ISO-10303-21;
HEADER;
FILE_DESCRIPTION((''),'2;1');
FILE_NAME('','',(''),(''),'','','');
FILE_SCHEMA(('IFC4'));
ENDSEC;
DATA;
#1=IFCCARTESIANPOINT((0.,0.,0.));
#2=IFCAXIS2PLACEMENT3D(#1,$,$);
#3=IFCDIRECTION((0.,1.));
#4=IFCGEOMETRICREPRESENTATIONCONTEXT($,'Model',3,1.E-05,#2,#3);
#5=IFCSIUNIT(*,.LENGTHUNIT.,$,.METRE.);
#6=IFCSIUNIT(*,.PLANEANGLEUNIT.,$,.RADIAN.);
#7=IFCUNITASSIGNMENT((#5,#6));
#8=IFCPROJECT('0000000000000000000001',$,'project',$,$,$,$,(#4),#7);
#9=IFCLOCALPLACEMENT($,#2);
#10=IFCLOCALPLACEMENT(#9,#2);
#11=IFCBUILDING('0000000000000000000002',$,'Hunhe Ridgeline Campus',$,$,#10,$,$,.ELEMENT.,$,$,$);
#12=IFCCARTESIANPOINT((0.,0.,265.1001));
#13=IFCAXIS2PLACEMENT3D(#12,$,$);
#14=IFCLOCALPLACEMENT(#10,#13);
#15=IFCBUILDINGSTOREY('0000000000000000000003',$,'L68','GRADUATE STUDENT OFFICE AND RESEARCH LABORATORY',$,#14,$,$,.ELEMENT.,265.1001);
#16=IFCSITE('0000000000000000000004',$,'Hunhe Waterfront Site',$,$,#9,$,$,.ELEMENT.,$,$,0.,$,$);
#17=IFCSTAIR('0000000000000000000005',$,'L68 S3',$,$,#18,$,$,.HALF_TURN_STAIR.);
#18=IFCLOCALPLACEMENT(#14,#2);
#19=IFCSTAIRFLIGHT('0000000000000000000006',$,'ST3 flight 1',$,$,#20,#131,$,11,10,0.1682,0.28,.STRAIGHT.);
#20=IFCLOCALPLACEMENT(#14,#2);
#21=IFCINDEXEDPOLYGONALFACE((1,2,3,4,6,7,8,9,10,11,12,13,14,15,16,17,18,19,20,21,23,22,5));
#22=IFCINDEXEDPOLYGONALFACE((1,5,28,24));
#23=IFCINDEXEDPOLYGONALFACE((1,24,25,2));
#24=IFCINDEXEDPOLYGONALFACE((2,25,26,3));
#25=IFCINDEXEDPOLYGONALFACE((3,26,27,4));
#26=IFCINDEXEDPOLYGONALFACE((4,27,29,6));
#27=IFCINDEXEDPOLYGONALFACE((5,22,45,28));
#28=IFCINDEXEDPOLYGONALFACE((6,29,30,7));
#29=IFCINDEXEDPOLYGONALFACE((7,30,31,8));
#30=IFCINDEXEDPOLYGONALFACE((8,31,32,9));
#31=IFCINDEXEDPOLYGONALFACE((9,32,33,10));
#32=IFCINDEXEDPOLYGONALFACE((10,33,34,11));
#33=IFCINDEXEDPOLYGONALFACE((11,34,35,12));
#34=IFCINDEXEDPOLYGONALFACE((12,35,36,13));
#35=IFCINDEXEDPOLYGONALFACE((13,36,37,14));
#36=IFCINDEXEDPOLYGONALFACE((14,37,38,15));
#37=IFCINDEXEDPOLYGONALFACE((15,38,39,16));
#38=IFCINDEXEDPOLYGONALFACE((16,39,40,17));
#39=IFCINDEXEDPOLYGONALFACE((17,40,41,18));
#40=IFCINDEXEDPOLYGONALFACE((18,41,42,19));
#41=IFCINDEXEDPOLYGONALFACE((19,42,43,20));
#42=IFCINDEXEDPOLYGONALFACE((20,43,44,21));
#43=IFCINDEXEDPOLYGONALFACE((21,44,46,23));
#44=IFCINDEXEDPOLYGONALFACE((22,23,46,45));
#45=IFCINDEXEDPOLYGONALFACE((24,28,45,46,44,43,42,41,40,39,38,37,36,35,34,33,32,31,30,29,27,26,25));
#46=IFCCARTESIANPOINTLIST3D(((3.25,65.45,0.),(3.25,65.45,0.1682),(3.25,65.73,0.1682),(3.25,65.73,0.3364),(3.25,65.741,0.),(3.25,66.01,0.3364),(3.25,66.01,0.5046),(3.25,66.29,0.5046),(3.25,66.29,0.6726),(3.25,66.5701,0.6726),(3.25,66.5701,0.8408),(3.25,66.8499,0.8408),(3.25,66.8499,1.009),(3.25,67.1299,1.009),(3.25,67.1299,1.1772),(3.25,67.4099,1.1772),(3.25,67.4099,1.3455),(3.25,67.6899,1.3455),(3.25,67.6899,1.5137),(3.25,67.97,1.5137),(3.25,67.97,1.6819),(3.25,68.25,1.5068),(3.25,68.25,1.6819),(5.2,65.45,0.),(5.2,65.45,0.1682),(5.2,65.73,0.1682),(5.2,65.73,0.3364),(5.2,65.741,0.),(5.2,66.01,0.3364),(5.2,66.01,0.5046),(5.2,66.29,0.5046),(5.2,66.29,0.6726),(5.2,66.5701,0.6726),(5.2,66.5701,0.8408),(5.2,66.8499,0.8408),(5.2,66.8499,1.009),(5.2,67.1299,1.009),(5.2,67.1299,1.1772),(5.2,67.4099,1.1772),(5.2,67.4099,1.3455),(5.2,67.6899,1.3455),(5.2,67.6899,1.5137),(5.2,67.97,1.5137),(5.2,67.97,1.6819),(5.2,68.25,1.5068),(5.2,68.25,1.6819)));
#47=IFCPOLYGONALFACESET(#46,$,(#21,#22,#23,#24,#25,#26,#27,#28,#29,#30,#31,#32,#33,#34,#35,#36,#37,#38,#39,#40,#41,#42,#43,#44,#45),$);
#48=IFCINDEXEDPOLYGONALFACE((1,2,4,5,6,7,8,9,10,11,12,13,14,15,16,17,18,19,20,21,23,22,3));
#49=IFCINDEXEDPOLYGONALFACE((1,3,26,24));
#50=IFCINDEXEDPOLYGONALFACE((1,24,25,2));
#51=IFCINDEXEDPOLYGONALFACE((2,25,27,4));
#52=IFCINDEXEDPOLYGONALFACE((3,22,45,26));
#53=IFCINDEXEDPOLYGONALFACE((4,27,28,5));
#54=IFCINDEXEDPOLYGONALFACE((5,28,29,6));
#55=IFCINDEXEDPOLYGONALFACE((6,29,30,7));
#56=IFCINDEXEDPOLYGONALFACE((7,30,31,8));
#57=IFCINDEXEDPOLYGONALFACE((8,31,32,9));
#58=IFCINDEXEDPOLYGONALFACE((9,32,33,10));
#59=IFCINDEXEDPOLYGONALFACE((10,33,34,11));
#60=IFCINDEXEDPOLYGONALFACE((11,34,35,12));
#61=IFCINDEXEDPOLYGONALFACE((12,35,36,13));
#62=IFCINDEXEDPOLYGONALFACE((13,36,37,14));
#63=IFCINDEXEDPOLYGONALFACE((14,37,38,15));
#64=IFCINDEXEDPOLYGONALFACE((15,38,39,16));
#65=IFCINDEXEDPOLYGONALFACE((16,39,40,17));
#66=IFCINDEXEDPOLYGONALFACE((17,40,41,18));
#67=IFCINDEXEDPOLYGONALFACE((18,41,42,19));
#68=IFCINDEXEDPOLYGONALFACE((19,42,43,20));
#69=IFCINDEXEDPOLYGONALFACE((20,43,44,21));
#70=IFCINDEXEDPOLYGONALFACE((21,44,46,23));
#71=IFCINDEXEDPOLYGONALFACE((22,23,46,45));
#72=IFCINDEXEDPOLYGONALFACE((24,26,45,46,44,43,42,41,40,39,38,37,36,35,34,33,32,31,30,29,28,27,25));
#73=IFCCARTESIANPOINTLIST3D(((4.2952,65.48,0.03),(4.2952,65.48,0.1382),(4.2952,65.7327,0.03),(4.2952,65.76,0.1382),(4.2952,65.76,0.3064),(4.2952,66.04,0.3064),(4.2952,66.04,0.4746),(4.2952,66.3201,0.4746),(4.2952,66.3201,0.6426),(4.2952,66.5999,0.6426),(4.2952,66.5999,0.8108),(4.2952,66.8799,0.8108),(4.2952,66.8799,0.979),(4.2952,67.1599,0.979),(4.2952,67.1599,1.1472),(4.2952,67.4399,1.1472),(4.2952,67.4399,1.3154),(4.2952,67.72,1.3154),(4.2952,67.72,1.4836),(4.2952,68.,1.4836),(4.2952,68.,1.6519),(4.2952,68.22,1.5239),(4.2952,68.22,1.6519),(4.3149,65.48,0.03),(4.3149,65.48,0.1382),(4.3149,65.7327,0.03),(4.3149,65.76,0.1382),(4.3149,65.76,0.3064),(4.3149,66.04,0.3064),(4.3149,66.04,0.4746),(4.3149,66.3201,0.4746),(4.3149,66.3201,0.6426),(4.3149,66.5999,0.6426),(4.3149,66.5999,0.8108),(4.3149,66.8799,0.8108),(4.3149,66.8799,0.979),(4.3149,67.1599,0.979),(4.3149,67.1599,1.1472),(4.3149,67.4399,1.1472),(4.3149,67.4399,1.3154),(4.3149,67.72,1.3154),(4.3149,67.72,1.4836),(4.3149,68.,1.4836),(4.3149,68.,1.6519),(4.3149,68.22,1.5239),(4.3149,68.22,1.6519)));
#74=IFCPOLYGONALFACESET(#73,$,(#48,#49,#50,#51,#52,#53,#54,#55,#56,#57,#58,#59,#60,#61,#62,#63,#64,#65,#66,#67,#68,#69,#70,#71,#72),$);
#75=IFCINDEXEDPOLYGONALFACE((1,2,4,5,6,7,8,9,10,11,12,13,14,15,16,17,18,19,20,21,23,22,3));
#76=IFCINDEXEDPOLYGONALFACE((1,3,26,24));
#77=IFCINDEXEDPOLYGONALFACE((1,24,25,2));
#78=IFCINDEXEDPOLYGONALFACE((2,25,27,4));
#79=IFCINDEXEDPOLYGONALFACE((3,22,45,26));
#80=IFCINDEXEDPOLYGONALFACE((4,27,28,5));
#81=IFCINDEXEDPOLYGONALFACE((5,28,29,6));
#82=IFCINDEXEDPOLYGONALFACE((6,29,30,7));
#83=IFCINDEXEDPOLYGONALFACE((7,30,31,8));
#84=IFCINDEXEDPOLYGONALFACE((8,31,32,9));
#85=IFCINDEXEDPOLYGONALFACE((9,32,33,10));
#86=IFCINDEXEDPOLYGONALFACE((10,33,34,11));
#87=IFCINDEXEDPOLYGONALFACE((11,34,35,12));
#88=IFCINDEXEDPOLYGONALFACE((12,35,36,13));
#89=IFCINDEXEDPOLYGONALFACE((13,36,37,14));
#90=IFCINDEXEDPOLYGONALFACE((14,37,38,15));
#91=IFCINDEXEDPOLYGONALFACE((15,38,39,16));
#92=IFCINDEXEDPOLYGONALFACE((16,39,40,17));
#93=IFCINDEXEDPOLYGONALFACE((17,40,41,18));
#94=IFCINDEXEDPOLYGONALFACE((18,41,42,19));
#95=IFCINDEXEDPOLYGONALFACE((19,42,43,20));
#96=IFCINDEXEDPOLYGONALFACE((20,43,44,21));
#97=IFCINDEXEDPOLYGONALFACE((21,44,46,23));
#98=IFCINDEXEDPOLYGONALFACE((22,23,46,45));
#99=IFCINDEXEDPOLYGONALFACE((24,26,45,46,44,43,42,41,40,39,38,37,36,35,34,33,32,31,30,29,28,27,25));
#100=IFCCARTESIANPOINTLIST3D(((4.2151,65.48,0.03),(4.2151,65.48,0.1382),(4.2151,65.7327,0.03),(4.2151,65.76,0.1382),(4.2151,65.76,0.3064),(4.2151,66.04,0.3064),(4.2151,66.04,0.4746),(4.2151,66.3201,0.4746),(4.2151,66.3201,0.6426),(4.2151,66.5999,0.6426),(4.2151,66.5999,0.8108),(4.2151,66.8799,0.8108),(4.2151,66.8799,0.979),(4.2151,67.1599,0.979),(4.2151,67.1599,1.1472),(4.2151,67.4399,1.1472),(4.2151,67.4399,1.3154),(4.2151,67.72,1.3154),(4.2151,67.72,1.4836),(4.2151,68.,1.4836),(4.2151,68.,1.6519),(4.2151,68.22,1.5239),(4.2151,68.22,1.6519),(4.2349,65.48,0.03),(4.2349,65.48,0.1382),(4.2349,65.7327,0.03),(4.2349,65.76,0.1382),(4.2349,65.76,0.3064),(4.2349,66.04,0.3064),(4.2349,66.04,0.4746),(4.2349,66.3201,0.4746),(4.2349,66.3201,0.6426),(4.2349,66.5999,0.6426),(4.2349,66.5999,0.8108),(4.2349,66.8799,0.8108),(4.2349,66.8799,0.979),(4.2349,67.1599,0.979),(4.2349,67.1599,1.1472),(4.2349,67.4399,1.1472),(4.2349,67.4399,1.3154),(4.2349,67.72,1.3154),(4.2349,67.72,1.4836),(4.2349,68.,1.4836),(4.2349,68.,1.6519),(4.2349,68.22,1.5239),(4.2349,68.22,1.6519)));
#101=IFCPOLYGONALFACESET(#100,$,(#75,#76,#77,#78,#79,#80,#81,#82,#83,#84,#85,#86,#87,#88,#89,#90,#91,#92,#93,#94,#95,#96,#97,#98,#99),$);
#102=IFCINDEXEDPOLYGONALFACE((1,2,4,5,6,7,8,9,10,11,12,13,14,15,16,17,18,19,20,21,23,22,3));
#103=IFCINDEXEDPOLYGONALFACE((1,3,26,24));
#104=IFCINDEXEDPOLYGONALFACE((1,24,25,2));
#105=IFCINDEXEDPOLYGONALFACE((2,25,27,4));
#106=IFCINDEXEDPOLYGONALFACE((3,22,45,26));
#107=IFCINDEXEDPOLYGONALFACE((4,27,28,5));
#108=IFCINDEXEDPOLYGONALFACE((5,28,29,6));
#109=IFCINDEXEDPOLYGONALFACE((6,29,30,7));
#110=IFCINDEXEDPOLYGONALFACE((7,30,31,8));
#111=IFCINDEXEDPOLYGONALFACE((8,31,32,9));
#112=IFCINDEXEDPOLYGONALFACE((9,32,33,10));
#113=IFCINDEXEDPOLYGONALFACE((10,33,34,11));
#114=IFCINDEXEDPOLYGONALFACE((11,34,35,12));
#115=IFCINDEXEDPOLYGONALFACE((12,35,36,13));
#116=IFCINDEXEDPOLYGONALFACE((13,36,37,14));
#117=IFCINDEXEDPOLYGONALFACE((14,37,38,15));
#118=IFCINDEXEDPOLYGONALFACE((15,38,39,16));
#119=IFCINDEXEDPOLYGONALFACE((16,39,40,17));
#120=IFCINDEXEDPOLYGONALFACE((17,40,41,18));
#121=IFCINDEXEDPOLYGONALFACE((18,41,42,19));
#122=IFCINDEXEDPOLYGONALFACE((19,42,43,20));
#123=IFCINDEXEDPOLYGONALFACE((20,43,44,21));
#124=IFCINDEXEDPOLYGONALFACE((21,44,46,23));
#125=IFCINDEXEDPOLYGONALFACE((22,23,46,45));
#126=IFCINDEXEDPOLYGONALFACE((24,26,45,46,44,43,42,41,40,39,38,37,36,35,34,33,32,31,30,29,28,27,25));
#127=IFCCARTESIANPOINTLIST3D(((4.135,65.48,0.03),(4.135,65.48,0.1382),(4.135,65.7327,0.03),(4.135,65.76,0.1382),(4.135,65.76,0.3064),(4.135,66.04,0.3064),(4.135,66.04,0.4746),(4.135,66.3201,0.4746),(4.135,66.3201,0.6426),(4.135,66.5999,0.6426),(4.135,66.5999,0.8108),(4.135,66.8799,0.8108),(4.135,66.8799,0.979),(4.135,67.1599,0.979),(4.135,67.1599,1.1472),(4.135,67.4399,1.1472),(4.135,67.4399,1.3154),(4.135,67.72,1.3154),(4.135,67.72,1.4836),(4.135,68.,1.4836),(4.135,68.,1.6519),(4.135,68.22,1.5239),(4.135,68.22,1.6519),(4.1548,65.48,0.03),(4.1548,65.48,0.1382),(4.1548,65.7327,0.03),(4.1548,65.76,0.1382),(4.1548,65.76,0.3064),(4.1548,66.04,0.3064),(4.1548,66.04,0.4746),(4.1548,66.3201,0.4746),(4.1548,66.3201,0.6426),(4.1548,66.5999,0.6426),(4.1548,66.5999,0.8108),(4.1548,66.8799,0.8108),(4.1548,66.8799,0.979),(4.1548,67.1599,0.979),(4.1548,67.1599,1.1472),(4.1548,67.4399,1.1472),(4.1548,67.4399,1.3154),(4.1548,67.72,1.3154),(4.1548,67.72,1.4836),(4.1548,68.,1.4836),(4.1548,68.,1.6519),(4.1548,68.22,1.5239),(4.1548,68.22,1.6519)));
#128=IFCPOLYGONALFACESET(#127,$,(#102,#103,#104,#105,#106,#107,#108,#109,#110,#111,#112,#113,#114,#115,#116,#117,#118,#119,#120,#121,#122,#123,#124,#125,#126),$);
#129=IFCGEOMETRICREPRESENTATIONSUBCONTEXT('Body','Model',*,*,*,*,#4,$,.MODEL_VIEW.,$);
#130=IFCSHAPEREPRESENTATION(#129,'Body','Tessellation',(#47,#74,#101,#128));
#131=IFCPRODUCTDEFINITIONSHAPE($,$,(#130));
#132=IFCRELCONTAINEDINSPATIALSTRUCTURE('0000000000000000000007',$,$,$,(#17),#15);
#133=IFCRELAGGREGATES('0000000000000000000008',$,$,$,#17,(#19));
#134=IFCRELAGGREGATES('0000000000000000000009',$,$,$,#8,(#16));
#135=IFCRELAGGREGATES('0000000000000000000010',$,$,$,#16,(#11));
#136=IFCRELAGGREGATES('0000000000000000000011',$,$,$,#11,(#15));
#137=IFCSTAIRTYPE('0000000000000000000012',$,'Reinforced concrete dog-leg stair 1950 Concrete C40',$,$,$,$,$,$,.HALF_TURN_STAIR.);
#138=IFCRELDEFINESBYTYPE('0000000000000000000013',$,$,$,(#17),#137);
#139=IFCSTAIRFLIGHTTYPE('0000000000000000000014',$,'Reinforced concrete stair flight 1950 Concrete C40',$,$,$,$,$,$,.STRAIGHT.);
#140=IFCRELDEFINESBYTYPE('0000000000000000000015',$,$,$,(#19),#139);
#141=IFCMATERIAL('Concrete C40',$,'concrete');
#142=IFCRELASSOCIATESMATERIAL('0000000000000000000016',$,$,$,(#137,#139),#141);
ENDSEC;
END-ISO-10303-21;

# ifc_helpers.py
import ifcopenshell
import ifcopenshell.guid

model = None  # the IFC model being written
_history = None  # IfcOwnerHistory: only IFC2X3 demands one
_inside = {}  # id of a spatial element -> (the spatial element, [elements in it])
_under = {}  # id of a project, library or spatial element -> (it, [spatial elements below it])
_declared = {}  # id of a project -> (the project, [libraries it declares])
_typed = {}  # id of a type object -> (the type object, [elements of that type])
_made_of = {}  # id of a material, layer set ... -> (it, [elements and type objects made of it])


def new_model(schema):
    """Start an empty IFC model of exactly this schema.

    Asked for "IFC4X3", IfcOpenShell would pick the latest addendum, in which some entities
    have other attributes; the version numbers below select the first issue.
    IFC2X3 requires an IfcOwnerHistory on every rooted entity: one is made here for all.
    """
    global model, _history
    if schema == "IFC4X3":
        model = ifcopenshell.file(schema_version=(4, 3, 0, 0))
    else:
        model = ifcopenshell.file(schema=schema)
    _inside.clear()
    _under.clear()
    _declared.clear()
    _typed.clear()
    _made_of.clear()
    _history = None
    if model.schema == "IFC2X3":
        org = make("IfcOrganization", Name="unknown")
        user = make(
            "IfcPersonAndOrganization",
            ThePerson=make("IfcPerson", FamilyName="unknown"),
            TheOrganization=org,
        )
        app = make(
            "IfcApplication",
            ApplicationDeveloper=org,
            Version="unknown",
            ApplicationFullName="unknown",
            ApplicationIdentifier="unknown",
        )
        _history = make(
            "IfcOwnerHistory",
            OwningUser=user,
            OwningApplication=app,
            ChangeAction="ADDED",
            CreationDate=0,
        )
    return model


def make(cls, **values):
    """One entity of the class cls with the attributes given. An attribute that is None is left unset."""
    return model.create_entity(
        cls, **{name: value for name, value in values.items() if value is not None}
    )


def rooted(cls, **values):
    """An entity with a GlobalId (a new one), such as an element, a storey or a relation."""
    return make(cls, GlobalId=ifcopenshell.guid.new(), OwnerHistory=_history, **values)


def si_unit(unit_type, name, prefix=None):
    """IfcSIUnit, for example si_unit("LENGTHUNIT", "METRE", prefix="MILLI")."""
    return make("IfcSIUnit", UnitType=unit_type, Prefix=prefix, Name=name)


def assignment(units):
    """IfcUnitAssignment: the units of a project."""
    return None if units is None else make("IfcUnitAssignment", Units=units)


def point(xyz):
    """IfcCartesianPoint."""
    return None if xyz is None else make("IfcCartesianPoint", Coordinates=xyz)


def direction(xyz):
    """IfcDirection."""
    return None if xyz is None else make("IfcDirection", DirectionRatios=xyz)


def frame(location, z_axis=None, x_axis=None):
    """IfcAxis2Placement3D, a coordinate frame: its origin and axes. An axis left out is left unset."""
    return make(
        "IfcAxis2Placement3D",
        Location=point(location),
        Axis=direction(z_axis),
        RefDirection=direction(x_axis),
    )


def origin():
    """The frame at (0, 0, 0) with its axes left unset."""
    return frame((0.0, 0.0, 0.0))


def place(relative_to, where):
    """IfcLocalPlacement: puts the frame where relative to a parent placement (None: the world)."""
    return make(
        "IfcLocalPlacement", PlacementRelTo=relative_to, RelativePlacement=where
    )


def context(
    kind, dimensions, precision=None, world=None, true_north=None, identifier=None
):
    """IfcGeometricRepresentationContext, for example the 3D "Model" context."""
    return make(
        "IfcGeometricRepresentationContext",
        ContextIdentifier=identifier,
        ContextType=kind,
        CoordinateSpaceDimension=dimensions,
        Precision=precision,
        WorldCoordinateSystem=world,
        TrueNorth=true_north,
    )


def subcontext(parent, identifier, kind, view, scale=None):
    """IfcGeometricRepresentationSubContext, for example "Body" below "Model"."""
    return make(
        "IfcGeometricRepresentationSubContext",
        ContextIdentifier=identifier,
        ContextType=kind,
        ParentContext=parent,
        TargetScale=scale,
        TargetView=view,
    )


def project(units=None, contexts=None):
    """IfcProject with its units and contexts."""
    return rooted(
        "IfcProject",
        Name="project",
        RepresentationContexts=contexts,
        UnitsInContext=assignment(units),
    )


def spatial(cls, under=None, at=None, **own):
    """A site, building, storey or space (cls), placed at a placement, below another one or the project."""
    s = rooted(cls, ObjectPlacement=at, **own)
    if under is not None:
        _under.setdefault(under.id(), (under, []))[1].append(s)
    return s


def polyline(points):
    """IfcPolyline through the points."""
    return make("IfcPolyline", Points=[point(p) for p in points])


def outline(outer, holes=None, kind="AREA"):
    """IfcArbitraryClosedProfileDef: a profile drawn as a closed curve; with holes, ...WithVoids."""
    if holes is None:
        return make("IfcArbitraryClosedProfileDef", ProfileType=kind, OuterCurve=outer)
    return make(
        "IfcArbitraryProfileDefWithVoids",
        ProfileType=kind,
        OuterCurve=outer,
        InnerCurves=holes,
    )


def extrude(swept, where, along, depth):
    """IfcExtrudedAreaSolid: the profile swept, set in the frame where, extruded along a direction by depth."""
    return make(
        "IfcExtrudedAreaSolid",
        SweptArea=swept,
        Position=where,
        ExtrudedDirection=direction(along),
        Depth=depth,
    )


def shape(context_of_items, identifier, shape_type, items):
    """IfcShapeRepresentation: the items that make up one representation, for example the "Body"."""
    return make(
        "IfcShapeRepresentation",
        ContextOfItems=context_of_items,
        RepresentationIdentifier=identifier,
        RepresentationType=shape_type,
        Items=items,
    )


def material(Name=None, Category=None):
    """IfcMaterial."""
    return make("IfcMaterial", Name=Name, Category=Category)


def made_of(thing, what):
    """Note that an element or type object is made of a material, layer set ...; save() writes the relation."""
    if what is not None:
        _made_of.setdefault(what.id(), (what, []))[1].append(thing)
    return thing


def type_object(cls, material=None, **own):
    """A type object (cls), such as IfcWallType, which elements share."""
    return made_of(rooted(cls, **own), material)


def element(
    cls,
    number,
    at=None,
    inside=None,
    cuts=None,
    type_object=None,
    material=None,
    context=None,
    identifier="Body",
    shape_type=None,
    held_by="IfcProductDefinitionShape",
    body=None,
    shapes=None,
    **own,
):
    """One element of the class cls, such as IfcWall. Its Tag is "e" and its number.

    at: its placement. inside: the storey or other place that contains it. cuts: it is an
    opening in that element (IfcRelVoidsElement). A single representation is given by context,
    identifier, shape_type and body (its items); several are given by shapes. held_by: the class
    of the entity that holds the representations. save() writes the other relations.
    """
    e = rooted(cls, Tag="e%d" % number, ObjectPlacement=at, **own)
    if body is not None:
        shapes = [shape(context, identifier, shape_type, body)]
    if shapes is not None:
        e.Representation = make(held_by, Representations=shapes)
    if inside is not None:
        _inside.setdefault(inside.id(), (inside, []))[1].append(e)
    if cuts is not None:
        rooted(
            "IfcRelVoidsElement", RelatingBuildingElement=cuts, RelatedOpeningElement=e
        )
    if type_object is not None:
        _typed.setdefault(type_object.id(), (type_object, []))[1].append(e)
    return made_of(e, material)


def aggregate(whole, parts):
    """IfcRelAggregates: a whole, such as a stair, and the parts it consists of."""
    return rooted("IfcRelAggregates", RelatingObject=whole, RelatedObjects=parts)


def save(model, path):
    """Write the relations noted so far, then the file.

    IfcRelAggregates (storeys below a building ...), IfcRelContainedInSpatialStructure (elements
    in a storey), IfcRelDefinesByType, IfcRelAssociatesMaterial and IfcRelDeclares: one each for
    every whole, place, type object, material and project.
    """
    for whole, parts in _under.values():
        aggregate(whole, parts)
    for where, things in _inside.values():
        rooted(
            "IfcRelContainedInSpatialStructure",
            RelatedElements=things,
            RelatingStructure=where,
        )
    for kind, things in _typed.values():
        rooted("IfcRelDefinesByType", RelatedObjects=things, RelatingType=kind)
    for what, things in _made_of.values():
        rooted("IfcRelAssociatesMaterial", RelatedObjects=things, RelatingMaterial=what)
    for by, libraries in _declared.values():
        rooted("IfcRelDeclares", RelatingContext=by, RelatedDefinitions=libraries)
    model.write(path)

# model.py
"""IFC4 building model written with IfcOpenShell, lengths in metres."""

from ifc_helpers import new_model, si_unit, direction, frame, origin, place, context, subcontext, project, spatial, polyline, outline, extrude, material, type_object, element, aggregate, save


model = new_model("IFC4")

# Units and contexts
model_context = context("Model", 3, precision=1e-05, world=origin(), true_north=direction((0.0, 1.0)))
body_context = subcontext(model_context, "Body", "Model", "MODEL_VIEW")
ifc_project = project(units=[si_unit("LENGTHUNIT", "METRE"), si_unit("PLANEANGLEUNIT", "RADIAN")], contexts=[model_context])

# Site, building, storey
site_placement = place(None, origin())
site = spatial("IfcSite", under=ifc_project, at=site_placement, Name="Hunhe Waterfront Site", CompositionType="ELEMENT", RefElevation=0.0)
building_placement = place(site_placement, origin())
building = spatial("IfcBuilding", under=site, at=building_placement, Name="Hunhe Ridgeline Campus", CompositionType="ELEMENT")
storey_placement = place(building_placement, frame((0.0, 0.0, 265.1001)))
storey = spatial("IfcBuildingStorey", under=building, at=storey_placement, Name="L68", Description="GRADUATE STUDENT OFFICE AND RESEARCH LABORATORY", CompositionType="ELEMENT", Elevation=265.1001)

# Stair, stair flight
ifc_material_1 = material(Name="Concrete C40", Category="concrete")
stair_type = type_object("IfcStairType", Name="Reinforced concrete dog-leg stair 1950 Concrete C40", PredefinedType="HALF_TURN_STAIR", material=ifc_material_1)
stair_1_placement = place(storey_placement, origin())
stair_1 = element("IfcStair", 1, at=stair_1_placement, inside=storey, type_object=stair_type, Name="L68 S3", PredefinedType="HALF_TURN_STAIR")
stair_flight_type = type_object("IfcStairFlightType", Name="Reinforced concrete stair flight 1950 Concrete C40", PredefinedType="STRAIGHT", material=ifc_material_1)
stair_flight_1_placement = place(storey_placement, frame((4.2251, 65.45, 0.0), z_axis=(0.0, 0.0, 1.0), x_axis=(0.0, 1.0, 0.0)))
stair_flight_1 = element("IfcStairFlight", 2, at=stair_flight_1_placement, type_object=stair_flight_type, Name="ST3 flight 1", NumberOfRisers=11, NumberOfTreads=10, PredefinedType="STRAIGHT", RiserHeight=0.1682, TreadLength=0.28, context=body_context, shape_type="SweptSolid", body=[
    extrude(outline(polyline([(0.0, 0.0), (0.0, 0.1682), (0.28, 0.1682), (0.28, 0.3364), (0.5601, 0.3364), (0.5601, 0.5046), (0.8401, 0.5046), (0.8401, 0.6726), (1.1201, 0.6726), (1.1201, 0.8408), (1.3999, 0.8408), (1.3999, 1.009), (1.6799, 1.009), (1.6799, 1.1772), (1.96, 1.1772), (1.96, 1.3455), (2.24, 1.3455), (2.24, 1.5137), (2.52, 1.5137), (2.52, 1.6819), (2.8, 1.6819), (2.8, 1.8501), (2.8, 1.5068), (0.291, 0.0), (0.0, 0.0)])), frame((0.0, 0.9751, 0.0), z_axis=(0.0, -1.0, 0.0), x_axis=(1.0, 0.0, 0.0)), (0.0, 0.0, 1.0), 1.95),
    extrude(outline(polyline([(0.03, 0.03), (0.03, 0.1382), (0.3101, 0.1382), (0.3101, 0.3064), (0.5901, 0.3064), (0.5901, 0.4746), (0.8701, 0.4746), (0.8701, 0.6426), (1.1499, 0.6426), (1.1499, 0.8108), (1.4299, 0.8108), (1.4299, 0.979), (1.71, 0.979), (1.71, 1.1472), (1.99, 1.1472), (1.99, 1.3154), (2.27, 1.3154), (2.27, 1.4836), (2.55, 1.4836), (2.55, 1.6519), (2.77, 1.6519), (2.77, 1.5239), (0.2827, 0.03), (0.03, 0.03)])), frame((0.0, -0.0701, 0.0), z_axis=(0.0, -1.0, 0.0), x_axis=(1.0, 0.0, 0.0)), (0.0, 0.0, 1.0), 0.0198),
    extrude(outline(polyline([(0.03, 0.03), (0.03, 0.1382), (0.3101, 0.1382), (0.3101, 0.3064), (0.5901, 0.3064), (0.5901, 0.4746), (0.8701, 0.4746), (0.8701, 0.6426), (1.1499, 0.6426), (1.1499, 0.8108), (1.4299, 0.8108), (1.4299, 0.979), (1.71, 0.979), (1.71, 1.1472), (1.99, 1.1472), (1.99, 1.3154), (2.27, 1.3154), (2.27, 1.4836), (2.55, 1.4836), (2.55, 1.6519), (2.77, 1.6519), (2.77, 1.5239), (0.2827, 0.03), (0.03, 0.03)])), frame((0.0, 0.01, 0.0), z_axis=(0.0, -1.0, 0.0), x_axis=(1.0, 0.0, 0.0)), (0.0, 0.0, 1.0), 0.0198),
    extrude(outline(polyline([(0.03, 0.03), (0.03, 0.1382), (0.3101, 0.1382), (0.3101, 0.3064), (0.5901, 0.3064), (0.5901, 0.4746), (0.8701, 0.4746), (0.8701, 0.6426), (1.1499, 0.6426), (1.1499, 0.8108), (1.4299, 0.8108), (1.4299, 0.979), (1.71, 0.979), (1.71, 1.1472), (1.99, 1.1472), (1.99, 1.3154), (2.27, 1.3154), (2.27, 1.4836), (2.55, 1.4836), (2.55, 1.6519), (2.77, 1.6519), (2.77, 1.5239), (0.2827, 0.03), (0.03, 0.03)])), frame((0.0, 0.0901, 0.0), z_axis=(0.0, -1.0, 0.0), x_axis=(1.0, 0.0, 0.0)), (0.0, 0.0, 1.0), 0.0198),
])
aggregate(stair_1, [stair_flight_1])

save(model, "model.ifc")
